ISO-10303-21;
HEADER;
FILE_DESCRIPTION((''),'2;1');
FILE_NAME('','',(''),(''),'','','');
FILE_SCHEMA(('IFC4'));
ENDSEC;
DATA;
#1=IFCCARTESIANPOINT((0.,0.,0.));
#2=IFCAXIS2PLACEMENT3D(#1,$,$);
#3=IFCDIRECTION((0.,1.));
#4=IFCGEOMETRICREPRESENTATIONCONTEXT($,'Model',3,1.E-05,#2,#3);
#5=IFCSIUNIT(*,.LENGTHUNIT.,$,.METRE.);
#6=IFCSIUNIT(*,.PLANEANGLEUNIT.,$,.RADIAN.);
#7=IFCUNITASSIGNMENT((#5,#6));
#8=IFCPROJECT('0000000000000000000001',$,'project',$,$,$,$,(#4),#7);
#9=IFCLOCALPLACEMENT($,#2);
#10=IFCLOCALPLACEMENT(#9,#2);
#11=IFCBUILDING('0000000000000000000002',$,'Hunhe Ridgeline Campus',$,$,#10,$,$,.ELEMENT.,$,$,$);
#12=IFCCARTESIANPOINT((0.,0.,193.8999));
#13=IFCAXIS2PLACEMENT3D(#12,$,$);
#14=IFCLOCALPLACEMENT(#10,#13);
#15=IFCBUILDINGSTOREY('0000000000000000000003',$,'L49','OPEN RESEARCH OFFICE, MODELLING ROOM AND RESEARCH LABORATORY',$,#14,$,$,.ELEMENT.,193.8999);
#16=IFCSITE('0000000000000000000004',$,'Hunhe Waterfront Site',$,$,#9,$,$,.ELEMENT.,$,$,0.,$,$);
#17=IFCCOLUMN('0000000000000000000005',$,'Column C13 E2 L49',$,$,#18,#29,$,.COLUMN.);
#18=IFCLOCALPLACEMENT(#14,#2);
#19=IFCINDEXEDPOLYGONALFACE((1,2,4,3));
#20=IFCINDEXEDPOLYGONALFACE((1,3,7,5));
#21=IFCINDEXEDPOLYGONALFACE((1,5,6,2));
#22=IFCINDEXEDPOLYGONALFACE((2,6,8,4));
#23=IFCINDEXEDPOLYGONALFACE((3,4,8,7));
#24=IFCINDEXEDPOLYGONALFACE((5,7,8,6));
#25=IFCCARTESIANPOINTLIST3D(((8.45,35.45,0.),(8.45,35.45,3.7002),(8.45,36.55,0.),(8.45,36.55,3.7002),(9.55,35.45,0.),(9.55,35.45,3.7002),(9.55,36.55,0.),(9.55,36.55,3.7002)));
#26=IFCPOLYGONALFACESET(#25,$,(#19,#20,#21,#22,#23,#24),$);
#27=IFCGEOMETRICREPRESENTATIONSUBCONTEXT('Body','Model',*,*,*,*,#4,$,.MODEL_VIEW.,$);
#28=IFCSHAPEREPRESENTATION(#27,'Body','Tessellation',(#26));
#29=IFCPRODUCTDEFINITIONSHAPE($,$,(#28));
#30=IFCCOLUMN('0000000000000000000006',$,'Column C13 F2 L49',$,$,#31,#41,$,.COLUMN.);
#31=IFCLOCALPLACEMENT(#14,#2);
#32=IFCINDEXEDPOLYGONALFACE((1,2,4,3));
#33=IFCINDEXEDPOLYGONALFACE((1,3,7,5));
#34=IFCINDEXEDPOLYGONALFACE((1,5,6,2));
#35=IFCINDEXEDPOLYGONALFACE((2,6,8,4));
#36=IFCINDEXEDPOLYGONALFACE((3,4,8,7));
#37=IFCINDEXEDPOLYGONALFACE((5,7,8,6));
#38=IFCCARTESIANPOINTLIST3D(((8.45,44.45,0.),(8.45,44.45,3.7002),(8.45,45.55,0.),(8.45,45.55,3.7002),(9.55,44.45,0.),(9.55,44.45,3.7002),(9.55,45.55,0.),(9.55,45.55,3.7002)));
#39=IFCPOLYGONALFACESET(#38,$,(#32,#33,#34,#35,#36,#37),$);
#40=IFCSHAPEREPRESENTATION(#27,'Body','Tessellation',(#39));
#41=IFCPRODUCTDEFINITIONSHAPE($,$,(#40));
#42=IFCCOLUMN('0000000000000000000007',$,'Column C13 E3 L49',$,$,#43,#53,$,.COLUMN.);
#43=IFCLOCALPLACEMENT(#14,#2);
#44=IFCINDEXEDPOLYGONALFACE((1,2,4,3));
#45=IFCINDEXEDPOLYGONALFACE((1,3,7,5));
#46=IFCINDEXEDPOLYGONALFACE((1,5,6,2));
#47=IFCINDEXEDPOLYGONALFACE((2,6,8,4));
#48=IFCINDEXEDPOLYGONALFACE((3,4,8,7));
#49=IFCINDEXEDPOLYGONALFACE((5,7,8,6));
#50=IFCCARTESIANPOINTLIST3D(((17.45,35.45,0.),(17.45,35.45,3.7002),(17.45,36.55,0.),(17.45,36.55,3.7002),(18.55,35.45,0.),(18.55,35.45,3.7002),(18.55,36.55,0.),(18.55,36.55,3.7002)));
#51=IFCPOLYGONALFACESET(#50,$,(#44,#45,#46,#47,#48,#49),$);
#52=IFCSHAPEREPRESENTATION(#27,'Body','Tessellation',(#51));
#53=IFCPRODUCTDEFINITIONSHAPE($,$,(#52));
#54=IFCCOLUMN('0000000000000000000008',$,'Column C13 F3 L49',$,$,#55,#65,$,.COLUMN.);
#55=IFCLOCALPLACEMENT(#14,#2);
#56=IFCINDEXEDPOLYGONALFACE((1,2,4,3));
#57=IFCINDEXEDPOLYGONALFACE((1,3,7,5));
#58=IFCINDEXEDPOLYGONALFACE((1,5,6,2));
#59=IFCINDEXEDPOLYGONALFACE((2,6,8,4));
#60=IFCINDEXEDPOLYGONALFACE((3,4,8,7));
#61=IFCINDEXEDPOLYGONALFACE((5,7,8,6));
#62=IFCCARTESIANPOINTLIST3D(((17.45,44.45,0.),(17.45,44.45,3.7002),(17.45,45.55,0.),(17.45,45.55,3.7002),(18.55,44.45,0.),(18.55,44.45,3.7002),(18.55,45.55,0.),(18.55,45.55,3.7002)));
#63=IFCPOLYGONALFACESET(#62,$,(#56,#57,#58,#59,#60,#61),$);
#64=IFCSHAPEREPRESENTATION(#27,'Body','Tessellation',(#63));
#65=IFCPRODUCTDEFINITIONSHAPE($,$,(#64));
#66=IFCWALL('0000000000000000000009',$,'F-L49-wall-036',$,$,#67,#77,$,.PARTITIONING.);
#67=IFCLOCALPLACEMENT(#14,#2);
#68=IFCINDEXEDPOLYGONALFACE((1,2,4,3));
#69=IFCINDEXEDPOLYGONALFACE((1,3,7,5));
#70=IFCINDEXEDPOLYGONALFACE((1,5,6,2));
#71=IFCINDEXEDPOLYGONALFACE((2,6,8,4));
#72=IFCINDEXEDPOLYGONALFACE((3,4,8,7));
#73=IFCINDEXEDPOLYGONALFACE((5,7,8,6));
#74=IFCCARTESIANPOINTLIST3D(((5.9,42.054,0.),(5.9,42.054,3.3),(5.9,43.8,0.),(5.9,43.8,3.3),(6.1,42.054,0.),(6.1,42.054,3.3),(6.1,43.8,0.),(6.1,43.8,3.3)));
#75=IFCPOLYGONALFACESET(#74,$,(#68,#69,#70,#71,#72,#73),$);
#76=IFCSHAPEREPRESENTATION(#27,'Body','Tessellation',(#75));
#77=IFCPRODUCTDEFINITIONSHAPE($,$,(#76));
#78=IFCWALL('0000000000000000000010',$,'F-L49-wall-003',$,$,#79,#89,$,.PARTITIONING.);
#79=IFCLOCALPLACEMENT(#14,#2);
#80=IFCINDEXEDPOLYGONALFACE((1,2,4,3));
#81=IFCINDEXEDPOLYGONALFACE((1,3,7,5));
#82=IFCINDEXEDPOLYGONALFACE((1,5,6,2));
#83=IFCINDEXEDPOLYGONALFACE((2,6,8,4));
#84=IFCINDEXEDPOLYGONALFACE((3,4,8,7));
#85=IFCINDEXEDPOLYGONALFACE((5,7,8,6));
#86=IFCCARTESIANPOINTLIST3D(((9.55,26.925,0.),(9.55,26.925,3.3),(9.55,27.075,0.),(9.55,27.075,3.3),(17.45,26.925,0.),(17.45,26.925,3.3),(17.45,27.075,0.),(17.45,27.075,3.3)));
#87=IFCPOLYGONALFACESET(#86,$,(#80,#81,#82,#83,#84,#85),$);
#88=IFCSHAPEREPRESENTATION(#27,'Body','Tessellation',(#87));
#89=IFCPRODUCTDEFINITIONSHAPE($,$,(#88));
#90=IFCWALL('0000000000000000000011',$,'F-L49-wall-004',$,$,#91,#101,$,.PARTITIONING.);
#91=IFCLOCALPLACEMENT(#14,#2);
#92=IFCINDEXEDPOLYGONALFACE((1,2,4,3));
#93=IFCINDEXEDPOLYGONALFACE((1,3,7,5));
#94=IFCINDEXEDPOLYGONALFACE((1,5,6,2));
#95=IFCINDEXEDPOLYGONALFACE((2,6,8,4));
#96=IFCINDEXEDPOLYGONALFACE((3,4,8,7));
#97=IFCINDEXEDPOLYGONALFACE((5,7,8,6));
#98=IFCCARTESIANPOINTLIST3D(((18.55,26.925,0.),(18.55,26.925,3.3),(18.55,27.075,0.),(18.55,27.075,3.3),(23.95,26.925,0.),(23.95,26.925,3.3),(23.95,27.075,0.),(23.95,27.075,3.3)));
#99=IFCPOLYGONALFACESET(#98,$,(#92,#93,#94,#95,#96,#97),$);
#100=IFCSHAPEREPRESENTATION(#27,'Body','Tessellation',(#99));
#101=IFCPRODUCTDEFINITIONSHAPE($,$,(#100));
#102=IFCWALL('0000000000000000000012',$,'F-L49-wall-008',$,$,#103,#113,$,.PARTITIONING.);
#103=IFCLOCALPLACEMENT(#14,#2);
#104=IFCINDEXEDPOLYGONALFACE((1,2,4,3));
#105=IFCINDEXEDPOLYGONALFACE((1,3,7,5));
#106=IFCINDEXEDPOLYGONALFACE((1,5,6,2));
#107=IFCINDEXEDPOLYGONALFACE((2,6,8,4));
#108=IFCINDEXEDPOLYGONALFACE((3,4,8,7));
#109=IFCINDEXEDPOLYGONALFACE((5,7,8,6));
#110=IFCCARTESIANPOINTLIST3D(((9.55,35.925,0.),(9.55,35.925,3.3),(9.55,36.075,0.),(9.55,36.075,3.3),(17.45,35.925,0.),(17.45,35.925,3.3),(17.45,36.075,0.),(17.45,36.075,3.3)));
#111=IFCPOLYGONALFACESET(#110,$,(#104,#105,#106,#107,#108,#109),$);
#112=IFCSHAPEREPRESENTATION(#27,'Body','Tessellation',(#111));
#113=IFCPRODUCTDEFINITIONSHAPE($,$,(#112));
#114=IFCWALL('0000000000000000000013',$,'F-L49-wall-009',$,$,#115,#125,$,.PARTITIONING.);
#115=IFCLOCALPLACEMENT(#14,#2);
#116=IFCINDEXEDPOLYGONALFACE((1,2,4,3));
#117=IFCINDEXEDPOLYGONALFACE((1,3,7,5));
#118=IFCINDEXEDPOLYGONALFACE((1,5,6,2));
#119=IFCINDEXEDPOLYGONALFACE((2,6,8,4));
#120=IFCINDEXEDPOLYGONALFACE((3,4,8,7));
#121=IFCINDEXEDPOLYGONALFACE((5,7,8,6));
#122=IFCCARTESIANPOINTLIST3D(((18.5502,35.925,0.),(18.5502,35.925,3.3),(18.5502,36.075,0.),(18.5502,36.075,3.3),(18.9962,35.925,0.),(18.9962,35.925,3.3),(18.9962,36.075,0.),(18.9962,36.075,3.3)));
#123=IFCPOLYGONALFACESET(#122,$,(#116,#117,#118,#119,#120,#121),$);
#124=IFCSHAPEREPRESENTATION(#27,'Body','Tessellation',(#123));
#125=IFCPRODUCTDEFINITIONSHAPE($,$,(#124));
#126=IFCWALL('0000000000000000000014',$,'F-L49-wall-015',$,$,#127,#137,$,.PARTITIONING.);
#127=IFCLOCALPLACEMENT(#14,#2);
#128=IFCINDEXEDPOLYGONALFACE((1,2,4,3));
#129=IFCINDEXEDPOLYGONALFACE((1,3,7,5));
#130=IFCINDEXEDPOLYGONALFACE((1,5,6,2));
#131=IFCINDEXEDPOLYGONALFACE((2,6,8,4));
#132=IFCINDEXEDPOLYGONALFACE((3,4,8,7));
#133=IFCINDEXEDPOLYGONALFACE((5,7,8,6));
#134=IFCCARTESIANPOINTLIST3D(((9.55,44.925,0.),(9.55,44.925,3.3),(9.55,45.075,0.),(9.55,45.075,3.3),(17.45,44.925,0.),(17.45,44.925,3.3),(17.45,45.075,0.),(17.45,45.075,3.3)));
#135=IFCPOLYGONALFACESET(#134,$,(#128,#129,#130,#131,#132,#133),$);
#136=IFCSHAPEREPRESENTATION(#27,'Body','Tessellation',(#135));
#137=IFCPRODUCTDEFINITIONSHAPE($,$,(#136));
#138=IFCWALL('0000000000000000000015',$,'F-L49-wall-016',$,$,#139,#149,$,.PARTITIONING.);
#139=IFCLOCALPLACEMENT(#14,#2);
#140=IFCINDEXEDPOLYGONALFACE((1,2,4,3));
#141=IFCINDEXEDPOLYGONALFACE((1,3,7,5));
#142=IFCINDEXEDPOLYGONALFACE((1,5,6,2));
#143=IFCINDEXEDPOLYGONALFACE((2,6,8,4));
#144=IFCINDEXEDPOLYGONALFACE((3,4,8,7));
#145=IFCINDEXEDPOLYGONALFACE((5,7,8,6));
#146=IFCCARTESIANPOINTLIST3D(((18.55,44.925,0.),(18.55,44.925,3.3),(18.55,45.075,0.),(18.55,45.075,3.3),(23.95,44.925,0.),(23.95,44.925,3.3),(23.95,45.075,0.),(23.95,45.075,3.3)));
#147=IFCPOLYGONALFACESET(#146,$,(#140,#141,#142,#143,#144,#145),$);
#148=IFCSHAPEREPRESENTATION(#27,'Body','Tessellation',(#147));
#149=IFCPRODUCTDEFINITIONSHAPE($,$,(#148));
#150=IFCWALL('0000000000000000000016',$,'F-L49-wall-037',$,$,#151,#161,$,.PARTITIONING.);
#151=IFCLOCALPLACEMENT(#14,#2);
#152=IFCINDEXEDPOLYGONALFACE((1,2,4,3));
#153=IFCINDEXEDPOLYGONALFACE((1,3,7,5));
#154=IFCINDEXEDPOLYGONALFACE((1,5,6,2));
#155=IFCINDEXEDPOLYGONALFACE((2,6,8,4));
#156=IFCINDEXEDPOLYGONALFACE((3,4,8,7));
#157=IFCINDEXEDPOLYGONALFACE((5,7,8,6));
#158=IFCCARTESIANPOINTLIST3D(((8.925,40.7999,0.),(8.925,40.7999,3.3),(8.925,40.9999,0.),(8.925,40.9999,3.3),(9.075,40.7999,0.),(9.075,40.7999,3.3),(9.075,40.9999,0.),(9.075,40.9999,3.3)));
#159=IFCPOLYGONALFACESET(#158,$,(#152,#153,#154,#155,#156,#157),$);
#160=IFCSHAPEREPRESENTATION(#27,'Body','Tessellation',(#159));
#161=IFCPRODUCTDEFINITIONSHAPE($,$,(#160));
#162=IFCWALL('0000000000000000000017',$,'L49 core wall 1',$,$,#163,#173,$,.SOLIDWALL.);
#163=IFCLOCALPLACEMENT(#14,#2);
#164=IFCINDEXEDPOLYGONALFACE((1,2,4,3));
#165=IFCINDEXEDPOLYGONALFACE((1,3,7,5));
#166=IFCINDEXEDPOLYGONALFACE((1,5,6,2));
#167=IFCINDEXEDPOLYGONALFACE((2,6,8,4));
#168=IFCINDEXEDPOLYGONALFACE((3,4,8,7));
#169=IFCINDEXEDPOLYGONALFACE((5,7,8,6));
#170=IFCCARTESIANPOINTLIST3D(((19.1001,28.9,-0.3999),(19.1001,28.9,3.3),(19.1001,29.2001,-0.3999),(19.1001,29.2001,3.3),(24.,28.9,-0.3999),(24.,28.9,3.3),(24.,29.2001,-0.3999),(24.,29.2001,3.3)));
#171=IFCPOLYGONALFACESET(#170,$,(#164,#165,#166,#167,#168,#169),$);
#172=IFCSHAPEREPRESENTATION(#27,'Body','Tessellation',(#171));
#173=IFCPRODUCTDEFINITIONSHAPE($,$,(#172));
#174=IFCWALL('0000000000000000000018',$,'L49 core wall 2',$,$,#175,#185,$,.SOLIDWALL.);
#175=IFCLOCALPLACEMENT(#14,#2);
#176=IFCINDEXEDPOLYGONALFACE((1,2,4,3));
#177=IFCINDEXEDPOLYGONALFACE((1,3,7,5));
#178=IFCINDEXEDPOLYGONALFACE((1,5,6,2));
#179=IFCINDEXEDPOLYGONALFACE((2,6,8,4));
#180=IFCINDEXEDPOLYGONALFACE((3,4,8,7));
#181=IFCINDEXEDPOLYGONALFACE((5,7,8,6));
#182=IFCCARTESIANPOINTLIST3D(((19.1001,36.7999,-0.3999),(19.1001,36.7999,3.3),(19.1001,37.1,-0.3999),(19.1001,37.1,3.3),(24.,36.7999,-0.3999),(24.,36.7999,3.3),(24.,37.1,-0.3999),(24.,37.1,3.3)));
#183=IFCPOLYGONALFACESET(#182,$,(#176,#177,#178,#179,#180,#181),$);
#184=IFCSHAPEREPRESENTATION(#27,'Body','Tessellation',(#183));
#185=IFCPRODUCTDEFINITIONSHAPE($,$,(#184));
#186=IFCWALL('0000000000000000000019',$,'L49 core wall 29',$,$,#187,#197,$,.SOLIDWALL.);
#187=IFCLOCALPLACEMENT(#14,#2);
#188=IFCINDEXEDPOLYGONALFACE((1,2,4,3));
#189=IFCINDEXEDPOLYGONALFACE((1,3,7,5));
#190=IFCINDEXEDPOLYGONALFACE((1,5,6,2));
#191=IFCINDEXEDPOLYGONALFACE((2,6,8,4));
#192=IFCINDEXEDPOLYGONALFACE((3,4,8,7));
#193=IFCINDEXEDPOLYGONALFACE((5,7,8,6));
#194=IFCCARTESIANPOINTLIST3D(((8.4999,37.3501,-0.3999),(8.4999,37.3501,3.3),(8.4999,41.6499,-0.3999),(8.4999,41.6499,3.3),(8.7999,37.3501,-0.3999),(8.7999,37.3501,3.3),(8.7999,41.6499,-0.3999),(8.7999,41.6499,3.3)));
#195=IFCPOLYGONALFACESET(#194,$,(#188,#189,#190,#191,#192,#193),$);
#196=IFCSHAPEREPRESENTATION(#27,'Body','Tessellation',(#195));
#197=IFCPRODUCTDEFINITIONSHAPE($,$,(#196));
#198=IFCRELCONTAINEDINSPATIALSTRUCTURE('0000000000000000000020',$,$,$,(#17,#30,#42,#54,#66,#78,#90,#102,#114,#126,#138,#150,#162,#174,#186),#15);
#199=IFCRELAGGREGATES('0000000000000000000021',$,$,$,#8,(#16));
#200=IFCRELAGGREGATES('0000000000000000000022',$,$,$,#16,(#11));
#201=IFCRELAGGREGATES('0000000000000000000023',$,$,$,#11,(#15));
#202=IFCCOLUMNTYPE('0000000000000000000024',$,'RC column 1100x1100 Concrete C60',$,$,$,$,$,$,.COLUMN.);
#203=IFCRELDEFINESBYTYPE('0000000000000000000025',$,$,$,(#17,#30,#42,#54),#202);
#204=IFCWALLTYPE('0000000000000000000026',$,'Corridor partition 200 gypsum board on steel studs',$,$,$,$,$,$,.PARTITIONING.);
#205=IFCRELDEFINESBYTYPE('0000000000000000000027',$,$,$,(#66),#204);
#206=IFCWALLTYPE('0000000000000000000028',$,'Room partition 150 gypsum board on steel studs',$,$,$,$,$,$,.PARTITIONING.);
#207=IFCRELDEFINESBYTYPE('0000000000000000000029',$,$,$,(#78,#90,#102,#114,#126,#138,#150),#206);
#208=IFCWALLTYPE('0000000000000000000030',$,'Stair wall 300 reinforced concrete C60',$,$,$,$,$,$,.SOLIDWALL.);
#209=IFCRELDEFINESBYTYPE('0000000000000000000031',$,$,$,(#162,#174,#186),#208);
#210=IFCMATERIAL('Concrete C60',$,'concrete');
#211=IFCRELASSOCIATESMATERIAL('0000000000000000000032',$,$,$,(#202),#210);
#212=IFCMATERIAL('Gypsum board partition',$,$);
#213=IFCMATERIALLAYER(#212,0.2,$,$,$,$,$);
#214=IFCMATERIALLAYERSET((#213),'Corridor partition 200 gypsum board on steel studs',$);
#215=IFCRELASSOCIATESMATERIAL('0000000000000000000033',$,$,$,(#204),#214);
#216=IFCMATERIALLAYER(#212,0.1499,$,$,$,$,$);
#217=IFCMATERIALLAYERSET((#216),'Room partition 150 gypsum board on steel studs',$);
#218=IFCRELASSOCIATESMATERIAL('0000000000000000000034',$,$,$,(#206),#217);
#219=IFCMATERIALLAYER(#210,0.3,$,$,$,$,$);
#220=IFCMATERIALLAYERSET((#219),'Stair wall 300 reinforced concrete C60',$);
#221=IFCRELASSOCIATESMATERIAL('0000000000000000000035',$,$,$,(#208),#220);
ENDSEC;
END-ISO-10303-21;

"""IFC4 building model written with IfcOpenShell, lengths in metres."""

from ifc_helpers import new_model, si_unit, direction, frame, frame_2d, origin, origin_2d, place, context, subcontext, project, spatial, rectangle, extrude, material, layer, layer_set, material_profile, profile_set, type_object, element, save


model = new_model("IFC4")

# Units and contexts
model_context = context("Model", 3, precision=1e-05, world=origin(), true_north=direction((0.0, 1.0)))
body_context = subcontext(model_context, "Body", "Model", "MODEL_VIEW")
ifc_project = project(units=[si_unit("LENGTHUNIT", "METRE"), si_unit("PLANEANGLEUNIT", "RADIAN")], contexts=[model_context])

# Site, building, storey
site_placement = place(None, origin())
site = spatial("IfcSite", under=ifc_project, at=site_placement, Name="Hunhe Waterfront Site", CompositionType="ELEMENT", RefElevation=0.0)
building_placement = place(site_placement, origin())
building = spatial("IfcBuilding", under=site, at=building_placement, Name="Hunhe Ridgeline Campus", CompositionType="ELEMENT")
storey_placement = place(building_placement, frame((0.0, 0.0, 193.8999)))
storey = spatial("IfcBuildingStorey", under=building, at=storey_placement, Name="L49", Description="OPEN RESEARCH OFFICE, MODELLING ROOM AND RESEARCH LABORATORY", CompositionType="ELEMENT", Elevation=193.8999)

# Columns
ifc_material_1 = material(Name="Concrete C60", Category="concrete")
ifc_material_profile = material_profile(ifc_material_1, rectangle(XDim=1.1001, YDim=1.1001, at=origin_2d()))
ifc_profile_set = profile_set([ifc_material_profile], Name="Concrete C60")
column_type = type_object("IfcColumnType", Name="RC column 1100x1100 Concrete C60", PredefinedType="COLUMN", material=ifc_profile_set)
for number, where, z_axis, x_axis, name in (
    (1, (9.0, 36.0, 0.0), (0.0, 0.0, 1.0), (1.0, 0.0, 0.0), "Column C13 E2 L49"),
    (2, (9.0, 45.0, 0.0), (0.0, 0.0, 1.0), (1.0, 0.0, 0.0), "Column C13 F2 L49"),
    (3, (18.0, 36.0, 0.0), (0.0, 0.0, 1.0), (1.0, 0.0, 0.0), "Column C13 E3 L49"),
    (4, (18.0, 45.0, 0.0), (0.0, 0.0, 1.0), (1.0, 0.0, 0.0), "Column C13 F3 L49"),
):
    element("IfcColumn", number, at=place(storey_placement, frame(where, z_axis=z_axis, x_axis=x_axis)), inside=storey, type_object=column_type, Name=name, PredefinedType="COLUMN", context=body_context, shape_type="SweptSolid", body=[
        extrude(rectangle(XDim=1.1001, YDim=1.1001, at=origin_2d()), origin(), (0.0, 0.0, 1.0), 3.7002),
    ])

# Shared definitions
ifc_material_2 = material(Name="Gypsum board partition")
ifc_layer_1 = layer(ifc_material_2, 0.2)
ifc_layer_set_1 = layer_set([ifc_layer_1], Name="Corridor partition 200 gypsum board on steel studs")
wall_type_1 = type_object("IfcWallType", Name="Corridor partition 200 gypsum board on steel studs", PredefinedType="PARTITIONING", material=ifc_layer_set_1)

# Walls
wall_1_placement = place(storey_placement, frame((6.0, 42.054, 0.0), z_axis=(0.0, 0.0, 1.0), x_axis=(0.0, 1.0, 0.0)))
element("IfcWall", 5, at=wall_1_placement, inside=storey, type_object=wall_type_1, Name="F-L49-wall-036", PredefinedType="PARTITIONING", context=body_context, shape_type="SweptSolid", body=[
    extrude(rectangle(XDim=1.7461, YDim=0.2, at=frame_2d((0.873, 0.0))), origin(), (0.0, 0.0, 1.0), 3.3),
])
ifc_layer_2 = layer(ifc_material_2, 0.1499)
ifc_layer_set_2 = layer_set([ifc_layer_2], Name="Room partition 150 gypsum board on steel studs")
wall_type_2 = type_object("IfcWallType", Name="Room partition 150 gypsum board on steel studs", PredefinedType="PARTITIONING", material=ifc_layer_set_2)
wall_2_placement = place(storey_placement, frame((9.55, 27.0, 0.0), z_axis=(0.0, 0.0, 1.0), x_axis=(1.0, 0.0, 0.0)))
element("IfcWall", 6, at=wall_2_placement, inside=storey, type_object=wall_type_2, Name="F-L49-wall-003", PredefinedType="PARTITIONING", context=body_context, shape_type="SweptSolid", body=[
    extrude(rectangle(XDim=7.8999, YDim=0.1499, at=frame_2d((3.95, 0.0))), origin(), (0.0, 0.0, 1.0), 3.3),
])
wall_3_placement = place(storey_placement, frame((18.55, 27.0, 0.0), z_axis=(0.0, 0.0, 1.0), x_axis=(1.0, 0.0, 0.0)))
element("IfcWall", 7, at=wall_3_placement, inside=storey, type_object=wall_type_2, Name="F-L49-wall-004", PredefinedType="PARTITIONING", context=body_context, shape_type="SweptSolid", body=[
    extrude(rectangle(XDim=5.3999, YDim=0.1499, at=frame_2d((2.7, 0.0))), origin(), (0.0, 0.0, 1.0), 3.3),
])
wall_4_placement = place(storey_placement, frame((9.55, 36.0, 0.0), z_axis=(0.0, 0.0, 1.0), x_axis=(1.0, 0.0, 0.0)))
element("IfcWall", 8, at=wall_4_placement, inside=storey, type_object=wall_type_2, Name="F-L49-wall-008", PredefinedType="PARTITIONING", context=body_context, shape_type="SweptSolid", body=[
    extrude(rectangle(XDim=7.8999, YDim=0.1499, at=frame_2d((3.95, 0.0))), origin(), (0.0, 0.0, 1.0), 3.3),
])
wall_5_placement = place(storey_placement, frame((18.55, 36.0, 0.0), z_axis=(0.0, 0.0, 1.0), x_axis=(1.0, 0.0, 0.0)))
element("IfcWall", 9, at=wall_5_placement, inside=storey, type_object=wall_type_2, Name="F-L49-wall-009", PredefinedType="PARTITIONING", context=body_context, shape_type="SweptSolid", body=[
    extrude(rectangle(XDim=0.446, YDim=0.1499, at=frame_2d((0.2231, 0.0))), origin(), (0.0, 0.0, 1.0), 3.3),
])
wall_6_placement = place(storey_placement, frame((9.55, 45.0, 0.0), z_axis=(0.0, 0.0, 1.0), x_axis=(1.0, 0.0, 0.0)))
element("IfcWall", 10, at=wall_6_placement, inside=storey, type_object=wall_type_2, Name="F-L49-wall-015", PredefinedType="PARTITIONING", context=body_context, shape_type="SweptSolid", body=[
    extrude(rectangle(XDim=7.8999, YDim=0.1499, at=frame_2d((3.95, 0.0))), origin(), (0.0, 0.0, 1.0), 3.3),
])
wall_7_placement = place(storey_placement, frame((18.55, 45.0, 0.0), z_axis=(0.0, 0.0, 1.0), x_axis=(1.0, 0.0, 0.0)))
element("IfcWall", 11, at=wall_7_placement, inside=storey, type_object=wall_type_2, Name="F-L49-wall-016", PredefinedType="PARTITIONING", context=body_context, shape_type="SweptSolid", body=[
    extrude(rectangle(XDim=5.3999, YDim=0.1499, at=frame_2d((2.7, 0.0))), origin(), (0.0, 0.0, 1.0), 3.3),
])
wall_8_placement = place(storey_placement, frame((9.0, 41.0, 0.0), z_axis=(0.0, 0.0, 1.0), x_axis=(0.0, -1.0, 0.0)))
element("IfcWall", 12, at=wall_8_placement, inside=storey, type_object=wall_type_2, Name="F-L49-wall-037", PredefinedType="PARTITIONING", context=body_context, shape_type="SweptSolid", body=[
    extrude(rectangle(XDim=0.2, YDim=0.1499, at=frame_2d((0.1001, 0.0))), origin(), (0.0, 0.0, 1.0), 3.3),
])
ifc_layer_3 = layer(ifc_material_1, 0.3)
ifc_layer_set_3 = layer_set([ifc_layer_3], Name="Stair wall 300 reinforced concrete C60")
wall_type_3 = type_object("IfcWallType", Name="Stair wall 300 reinforced concrete C60", PredefinedType="SOLIDWALL", material=ifc_layer_set_3)
for number, where, z_axis, x_axis, name in (
    (13, (19.1001, 29.05, -0.3999), (0.0, 0.0, 1.0), (1.0, 0.0, 0.0), "L49 core wall 1"),
    (14, (19.1001, 36.95, -0.3999), (0.0, 0.0, 1.0), (1.0, 0.0, 0.0), "L49 core wall 2"),
):
    element("IfcWall", number, at=place(storey_placement, frame(where, z_axis=z_axis, x_axis=x_axis)), inside=storey, type_object=wall_type_3, Name=name, PredefinedType="SOLIDWALL", context=body_context, shape_type="SweptSolid", body=[
        extrude(rectangle(XDim=4.8999, YDim=0.3, at=frame_2d((2.45, 0.0))), origin(), (0.0, 0.0, 1.0), 3.7),
    ])
wall_9_placement = place(storey_placement, frame((8.6499, 37.3501, -0.3999), z_axis=(0.0, 0.0, 1.0), x_axis=(0.0, 1.0, 0.0)))
element("IfcWall", 15, at=wall_9_placement, inside=storey, type_object=wall_type_3, Name="L49 core wall 29", PredefinedType="SOLIDWALL", context=body_context, shape_type="SweptSolid", body=[
    extrude(rectangle(XDim=4.2998, YDim=0.3, at=frame_2d((2.1499, 0.0))), origin(), (0.0, 0.0, 1.0), 3.7),
])

save(model, "model.ifc")
